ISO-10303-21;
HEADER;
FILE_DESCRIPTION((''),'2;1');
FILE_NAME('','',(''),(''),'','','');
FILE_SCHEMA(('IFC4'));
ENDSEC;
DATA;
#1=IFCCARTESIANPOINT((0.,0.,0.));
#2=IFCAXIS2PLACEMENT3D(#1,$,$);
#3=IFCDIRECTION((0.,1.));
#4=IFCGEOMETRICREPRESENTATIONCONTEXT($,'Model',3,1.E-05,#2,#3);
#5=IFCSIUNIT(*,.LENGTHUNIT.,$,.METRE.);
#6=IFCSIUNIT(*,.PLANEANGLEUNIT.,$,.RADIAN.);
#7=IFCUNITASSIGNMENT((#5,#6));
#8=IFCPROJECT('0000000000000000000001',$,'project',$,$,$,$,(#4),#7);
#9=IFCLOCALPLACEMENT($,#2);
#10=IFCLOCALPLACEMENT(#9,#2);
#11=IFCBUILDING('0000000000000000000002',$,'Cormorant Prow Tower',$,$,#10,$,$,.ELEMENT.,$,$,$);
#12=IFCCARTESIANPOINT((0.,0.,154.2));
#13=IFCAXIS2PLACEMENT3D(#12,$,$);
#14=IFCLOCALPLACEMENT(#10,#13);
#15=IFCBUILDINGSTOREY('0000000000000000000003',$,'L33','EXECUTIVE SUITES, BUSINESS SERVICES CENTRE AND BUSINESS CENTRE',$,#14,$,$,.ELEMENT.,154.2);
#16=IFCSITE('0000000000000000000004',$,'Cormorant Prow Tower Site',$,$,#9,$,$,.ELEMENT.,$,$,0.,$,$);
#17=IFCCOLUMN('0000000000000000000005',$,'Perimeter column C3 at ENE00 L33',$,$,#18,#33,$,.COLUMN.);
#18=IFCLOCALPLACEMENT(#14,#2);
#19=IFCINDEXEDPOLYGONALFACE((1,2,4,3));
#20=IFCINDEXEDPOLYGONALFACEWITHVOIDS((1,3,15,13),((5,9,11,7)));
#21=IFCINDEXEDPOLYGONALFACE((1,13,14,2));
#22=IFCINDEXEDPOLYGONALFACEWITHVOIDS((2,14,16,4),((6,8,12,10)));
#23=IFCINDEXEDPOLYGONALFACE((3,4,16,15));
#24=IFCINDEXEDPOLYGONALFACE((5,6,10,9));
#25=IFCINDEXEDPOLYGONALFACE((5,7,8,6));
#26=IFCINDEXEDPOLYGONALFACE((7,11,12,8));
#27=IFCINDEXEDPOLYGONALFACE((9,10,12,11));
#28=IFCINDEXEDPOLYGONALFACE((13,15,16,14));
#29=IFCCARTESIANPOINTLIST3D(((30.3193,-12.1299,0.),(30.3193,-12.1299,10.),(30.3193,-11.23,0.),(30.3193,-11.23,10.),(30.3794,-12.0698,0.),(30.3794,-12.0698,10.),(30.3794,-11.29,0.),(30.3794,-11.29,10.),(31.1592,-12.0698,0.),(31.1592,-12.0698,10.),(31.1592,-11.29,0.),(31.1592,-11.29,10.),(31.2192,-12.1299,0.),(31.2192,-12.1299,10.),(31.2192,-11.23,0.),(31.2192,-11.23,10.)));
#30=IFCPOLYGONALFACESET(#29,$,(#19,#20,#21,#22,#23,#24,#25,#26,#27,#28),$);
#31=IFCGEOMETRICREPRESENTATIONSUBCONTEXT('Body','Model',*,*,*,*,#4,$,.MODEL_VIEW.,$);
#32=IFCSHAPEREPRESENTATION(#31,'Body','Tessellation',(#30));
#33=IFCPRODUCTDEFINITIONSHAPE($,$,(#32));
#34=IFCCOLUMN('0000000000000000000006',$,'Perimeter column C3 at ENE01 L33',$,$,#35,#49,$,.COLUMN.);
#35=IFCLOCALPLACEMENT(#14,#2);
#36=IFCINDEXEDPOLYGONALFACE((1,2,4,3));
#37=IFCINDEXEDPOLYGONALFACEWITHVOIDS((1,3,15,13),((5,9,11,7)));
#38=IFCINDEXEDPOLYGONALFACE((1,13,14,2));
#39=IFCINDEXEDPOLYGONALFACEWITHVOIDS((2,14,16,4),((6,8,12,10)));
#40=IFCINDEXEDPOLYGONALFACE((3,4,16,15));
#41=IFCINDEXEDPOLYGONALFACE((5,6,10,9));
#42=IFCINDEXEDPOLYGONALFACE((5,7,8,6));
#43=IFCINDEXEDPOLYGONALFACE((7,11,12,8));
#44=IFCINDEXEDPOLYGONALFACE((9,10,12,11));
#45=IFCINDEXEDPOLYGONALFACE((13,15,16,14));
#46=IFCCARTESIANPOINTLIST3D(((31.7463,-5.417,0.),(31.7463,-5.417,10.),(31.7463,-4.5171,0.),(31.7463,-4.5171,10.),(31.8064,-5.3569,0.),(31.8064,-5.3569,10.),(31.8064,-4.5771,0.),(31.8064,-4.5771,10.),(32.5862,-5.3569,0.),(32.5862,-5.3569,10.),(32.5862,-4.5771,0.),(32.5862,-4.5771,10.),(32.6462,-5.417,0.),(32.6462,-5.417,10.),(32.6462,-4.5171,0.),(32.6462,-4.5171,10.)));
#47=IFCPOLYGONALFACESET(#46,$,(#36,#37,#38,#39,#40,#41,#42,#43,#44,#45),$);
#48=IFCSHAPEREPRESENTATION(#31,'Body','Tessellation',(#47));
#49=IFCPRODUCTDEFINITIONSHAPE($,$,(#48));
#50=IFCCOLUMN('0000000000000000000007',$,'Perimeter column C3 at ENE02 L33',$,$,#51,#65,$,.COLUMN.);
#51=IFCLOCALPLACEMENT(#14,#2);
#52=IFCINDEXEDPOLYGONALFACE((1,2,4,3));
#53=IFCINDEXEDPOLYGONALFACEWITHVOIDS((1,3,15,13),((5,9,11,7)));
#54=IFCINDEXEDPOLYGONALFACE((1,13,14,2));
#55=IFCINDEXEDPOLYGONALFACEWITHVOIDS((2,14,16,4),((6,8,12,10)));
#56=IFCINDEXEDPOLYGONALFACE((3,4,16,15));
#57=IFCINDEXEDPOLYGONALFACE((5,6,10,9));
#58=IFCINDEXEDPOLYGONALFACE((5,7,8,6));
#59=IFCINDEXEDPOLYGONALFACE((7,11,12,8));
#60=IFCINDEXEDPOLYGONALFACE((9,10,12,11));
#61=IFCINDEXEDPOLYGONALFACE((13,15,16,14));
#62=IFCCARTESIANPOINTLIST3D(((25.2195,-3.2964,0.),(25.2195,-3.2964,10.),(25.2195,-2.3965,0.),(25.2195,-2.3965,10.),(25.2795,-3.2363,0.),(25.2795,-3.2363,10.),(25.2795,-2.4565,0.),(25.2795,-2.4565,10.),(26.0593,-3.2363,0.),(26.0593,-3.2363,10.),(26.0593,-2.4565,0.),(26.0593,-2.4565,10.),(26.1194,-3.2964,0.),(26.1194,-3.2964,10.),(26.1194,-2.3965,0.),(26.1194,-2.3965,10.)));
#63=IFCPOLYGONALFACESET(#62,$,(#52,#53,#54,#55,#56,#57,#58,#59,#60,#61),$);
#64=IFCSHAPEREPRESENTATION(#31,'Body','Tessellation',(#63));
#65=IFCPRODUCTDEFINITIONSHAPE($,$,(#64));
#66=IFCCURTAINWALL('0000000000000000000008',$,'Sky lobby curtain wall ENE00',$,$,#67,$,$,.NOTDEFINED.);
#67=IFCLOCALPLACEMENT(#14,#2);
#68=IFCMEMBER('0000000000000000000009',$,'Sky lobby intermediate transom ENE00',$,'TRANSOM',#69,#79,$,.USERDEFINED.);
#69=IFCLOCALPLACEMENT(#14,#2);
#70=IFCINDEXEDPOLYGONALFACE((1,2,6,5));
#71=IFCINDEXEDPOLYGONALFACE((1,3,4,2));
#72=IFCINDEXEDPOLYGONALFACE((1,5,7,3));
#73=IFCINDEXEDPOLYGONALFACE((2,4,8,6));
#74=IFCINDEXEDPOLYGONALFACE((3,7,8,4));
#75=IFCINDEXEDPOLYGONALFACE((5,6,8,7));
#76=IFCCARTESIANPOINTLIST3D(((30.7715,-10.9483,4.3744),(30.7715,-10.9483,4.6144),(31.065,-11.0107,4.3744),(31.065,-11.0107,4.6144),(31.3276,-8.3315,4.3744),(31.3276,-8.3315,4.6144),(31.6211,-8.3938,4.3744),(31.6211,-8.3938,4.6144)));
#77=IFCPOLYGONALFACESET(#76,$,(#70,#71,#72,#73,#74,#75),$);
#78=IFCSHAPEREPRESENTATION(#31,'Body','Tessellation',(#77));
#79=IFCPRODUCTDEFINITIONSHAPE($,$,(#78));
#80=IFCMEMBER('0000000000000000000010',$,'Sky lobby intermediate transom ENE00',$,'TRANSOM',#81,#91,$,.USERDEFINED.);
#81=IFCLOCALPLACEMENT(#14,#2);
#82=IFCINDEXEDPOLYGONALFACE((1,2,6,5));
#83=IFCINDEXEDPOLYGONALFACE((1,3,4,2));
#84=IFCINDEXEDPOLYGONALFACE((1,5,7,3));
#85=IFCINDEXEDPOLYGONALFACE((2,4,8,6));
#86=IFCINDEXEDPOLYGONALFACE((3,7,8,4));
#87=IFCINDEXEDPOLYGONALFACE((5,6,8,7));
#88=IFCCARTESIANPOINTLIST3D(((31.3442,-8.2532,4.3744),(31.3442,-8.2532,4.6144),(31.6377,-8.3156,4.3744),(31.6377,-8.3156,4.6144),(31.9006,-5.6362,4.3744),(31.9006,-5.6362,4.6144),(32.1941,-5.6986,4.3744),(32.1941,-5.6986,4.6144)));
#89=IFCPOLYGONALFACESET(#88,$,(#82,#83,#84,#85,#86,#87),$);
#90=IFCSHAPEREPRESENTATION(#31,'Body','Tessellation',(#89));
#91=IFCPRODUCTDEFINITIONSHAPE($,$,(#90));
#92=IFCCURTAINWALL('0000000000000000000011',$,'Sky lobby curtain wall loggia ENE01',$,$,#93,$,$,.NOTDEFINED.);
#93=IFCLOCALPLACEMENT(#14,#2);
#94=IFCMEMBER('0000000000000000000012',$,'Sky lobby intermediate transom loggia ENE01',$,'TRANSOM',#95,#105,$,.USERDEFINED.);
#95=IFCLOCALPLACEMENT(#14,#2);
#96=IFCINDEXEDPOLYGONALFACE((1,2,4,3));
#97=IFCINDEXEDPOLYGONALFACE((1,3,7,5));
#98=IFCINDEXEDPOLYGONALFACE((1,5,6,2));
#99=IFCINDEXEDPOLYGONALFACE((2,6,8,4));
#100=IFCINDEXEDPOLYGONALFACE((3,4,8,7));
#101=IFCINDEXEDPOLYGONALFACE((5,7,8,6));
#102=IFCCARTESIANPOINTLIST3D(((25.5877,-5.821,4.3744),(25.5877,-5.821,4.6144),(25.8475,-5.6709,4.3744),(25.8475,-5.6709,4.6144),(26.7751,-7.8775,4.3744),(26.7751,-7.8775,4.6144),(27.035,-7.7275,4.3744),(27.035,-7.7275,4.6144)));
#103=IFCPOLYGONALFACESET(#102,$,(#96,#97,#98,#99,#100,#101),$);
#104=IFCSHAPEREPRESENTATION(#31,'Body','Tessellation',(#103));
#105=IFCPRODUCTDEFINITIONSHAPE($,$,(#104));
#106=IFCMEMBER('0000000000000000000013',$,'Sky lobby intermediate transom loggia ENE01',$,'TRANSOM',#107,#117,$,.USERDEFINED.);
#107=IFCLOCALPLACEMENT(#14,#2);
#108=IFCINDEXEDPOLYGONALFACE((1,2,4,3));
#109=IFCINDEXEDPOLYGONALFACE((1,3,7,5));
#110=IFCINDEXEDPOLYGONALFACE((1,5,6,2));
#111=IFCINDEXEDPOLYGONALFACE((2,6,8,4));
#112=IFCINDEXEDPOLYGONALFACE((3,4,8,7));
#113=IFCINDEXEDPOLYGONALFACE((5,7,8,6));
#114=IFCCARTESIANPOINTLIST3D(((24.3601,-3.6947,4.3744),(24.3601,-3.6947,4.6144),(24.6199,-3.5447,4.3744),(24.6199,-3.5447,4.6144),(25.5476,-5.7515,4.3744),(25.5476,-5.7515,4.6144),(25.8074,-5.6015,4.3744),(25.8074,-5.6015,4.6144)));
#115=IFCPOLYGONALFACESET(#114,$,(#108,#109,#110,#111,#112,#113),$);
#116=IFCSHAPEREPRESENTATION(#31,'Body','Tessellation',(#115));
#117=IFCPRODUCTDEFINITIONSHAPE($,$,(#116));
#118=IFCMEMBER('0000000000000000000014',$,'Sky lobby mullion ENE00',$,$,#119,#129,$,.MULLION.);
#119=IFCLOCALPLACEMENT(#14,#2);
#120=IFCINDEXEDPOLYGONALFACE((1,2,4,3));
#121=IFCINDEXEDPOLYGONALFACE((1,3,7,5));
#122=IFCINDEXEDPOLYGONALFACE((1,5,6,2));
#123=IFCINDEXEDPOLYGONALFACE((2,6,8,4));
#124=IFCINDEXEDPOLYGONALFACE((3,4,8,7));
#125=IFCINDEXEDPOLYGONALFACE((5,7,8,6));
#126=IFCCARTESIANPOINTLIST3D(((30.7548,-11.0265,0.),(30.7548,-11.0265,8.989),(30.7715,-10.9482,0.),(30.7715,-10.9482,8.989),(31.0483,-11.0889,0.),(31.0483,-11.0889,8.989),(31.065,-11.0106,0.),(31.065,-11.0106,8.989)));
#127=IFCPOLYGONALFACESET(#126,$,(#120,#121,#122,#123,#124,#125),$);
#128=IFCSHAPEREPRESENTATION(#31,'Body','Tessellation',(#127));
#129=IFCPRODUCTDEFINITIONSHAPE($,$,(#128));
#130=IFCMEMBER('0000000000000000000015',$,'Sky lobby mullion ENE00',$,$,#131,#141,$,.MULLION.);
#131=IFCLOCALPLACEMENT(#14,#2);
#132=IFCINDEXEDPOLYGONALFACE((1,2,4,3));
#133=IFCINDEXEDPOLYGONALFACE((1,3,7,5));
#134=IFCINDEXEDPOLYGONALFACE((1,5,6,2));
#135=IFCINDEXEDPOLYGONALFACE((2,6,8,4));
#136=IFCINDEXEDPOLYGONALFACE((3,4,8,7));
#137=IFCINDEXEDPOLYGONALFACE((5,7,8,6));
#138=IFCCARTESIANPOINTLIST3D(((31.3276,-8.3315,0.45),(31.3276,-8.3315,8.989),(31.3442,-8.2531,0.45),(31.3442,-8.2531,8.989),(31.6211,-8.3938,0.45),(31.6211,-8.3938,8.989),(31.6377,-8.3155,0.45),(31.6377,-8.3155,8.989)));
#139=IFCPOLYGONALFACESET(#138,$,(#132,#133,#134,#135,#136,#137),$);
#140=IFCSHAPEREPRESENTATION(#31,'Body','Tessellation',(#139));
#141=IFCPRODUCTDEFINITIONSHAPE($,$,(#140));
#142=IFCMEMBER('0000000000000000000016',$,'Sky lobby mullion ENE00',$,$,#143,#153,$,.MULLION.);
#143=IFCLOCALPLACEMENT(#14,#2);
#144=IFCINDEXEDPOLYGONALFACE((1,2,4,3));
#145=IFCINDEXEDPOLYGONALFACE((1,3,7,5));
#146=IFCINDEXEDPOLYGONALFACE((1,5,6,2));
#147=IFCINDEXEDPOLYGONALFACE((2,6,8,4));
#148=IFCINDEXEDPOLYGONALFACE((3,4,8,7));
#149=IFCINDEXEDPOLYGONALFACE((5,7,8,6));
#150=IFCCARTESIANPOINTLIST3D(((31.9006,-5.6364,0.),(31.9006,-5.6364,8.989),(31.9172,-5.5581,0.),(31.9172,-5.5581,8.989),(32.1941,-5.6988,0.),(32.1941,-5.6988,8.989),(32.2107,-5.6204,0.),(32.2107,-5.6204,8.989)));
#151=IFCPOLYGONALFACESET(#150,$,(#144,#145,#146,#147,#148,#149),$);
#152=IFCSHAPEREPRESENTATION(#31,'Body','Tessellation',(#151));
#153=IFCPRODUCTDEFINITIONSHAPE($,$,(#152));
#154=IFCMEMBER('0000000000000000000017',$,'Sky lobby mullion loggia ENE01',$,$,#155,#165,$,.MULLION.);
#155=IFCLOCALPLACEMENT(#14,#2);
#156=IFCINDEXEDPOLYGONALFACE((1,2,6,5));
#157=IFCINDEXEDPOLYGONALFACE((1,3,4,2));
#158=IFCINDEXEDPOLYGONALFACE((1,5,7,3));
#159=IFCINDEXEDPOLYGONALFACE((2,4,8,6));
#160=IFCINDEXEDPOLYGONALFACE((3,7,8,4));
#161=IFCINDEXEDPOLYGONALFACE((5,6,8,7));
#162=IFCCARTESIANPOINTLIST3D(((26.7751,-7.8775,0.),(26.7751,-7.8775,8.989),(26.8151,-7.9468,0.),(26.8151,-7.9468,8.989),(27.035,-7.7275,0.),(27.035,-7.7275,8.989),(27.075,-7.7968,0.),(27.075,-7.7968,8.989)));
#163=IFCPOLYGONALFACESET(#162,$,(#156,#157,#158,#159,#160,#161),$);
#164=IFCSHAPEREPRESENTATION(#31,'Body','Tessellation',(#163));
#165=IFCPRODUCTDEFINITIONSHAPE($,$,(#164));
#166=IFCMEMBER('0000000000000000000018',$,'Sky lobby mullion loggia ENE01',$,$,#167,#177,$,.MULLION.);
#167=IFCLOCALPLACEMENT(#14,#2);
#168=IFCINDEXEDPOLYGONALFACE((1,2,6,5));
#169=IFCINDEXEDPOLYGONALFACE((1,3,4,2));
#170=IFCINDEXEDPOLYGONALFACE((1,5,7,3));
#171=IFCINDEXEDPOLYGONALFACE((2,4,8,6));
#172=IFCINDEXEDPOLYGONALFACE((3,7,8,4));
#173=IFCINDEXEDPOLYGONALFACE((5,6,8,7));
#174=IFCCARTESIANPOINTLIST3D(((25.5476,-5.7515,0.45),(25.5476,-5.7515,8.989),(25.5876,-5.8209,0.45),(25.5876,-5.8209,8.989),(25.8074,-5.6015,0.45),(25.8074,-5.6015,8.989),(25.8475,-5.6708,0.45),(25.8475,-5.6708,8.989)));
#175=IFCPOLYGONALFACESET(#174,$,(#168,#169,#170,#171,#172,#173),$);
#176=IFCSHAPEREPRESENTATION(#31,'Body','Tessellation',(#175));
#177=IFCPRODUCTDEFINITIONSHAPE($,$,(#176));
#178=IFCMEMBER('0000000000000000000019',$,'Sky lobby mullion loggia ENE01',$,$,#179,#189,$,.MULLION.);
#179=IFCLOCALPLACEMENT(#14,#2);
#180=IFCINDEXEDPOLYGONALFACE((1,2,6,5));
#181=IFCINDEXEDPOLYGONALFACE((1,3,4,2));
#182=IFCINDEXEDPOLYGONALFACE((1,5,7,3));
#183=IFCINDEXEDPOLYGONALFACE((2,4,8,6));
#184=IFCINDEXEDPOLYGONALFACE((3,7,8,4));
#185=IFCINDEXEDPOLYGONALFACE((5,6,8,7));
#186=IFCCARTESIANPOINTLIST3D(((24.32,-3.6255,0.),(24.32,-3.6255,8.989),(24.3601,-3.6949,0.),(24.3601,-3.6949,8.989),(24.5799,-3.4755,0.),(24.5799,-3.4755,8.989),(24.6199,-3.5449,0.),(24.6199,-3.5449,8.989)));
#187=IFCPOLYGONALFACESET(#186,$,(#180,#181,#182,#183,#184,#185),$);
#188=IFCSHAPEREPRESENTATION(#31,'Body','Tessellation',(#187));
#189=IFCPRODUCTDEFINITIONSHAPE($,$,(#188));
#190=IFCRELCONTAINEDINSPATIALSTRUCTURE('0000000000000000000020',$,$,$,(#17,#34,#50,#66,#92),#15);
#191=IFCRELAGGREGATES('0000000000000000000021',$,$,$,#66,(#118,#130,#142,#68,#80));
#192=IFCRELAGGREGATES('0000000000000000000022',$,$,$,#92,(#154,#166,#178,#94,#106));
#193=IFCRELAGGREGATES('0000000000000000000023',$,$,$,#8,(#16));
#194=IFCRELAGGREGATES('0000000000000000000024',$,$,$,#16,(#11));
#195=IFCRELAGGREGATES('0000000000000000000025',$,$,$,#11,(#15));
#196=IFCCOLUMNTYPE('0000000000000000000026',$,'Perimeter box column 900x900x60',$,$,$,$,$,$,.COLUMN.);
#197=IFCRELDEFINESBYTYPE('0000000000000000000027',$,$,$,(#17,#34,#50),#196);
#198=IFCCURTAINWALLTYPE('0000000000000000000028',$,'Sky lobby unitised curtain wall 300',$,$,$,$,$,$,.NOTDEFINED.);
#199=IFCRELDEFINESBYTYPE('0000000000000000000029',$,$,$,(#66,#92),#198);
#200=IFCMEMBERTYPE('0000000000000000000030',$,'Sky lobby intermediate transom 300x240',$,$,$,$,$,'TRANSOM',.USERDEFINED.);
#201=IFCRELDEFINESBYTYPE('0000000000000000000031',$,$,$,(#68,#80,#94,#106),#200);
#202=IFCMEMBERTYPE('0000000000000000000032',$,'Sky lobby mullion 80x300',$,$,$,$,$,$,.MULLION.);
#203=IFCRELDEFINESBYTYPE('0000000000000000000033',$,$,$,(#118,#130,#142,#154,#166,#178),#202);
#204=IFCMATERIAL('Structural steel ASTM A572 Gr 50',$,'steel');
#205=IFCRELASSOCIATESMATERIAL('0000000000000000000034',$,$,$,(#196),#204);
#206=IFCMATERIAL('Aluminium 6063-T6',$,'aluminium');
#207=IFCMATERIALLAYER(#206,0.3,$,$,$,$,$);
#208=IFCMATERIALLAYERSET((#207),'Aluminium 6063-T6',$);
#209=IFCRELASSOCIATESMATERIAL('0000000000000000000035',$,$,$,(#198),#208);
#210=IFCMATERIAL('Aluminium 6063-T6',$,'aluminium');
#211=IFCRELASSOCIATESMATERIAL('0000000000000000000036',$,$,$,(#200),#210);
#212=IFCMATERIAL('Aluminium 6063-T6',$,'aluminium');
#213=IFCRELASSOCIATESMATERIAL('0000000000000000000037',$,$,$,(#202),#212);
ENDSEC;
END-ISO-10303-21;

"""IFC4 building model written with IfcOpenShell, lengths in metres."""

from ifc_helpers import new_model, si_unit, direction, frame, origin, origin_2d, place, context, subcontext, project, spatial, rectangle, hollow_rectangle, extrude, material, layer, layer_set, material_profile, profile_set, type_object, element, aggregate, save


model = new_model("IFC4")

# Units and contexts
model_context = context("Model", 3, precision=1e-05, world=origin(), true_north=direction((0.0, 1.0)))
body_context = subcontext(model_context, "Body", "Model", "MODEL_VIEW")
ifc_project = project(units=[si_unit("LENGTHUNIT", "METRE"), si_unit("PLANEANGLEUNIT", "RADIAN")], contexts=[model_context])

# Site, building, storey
site_placement = place(None, origin())
site = spatial("IfcSite", under=ifc_project, at=site_placement, Name="Cormorant Prow Tower Site", CompositionType="ELEMENT", RefElevation=0.0)
building_placement = place(site_placement, origin())
building = spatial("IfcBuilding", under=site, at=building_placement, Name="Cormorant Prow Tower", CompositionType="ELEMENT")
storey_placement = place(building_placement, frame((0.0, 0.0, 154.2)))
storey = spatial("IfcBuildingStorey", under=building, at=storey_placement, Name="L33", Description="EXECUTIVE SUITES, BUSINESS SERVICES CENTRE AND BUSINESS CENTRE", CompositionType="ELEMENT", Elevation=154.2)

# Columns
ifc_material_1 = material(Name="Structural steel ASTM A572 Gr 50", Category="steel")
ifc_material_profile_1 = material_profile(ifc_material_1, hollow_rectangle(XDim=0.8999, YDim=0.8999, WallThickness=0.0601, at=origin_2d()), Name="Box 900x900x60")
ifc_profile_set_1 = profile_set([ifc_material_profile_1], Name="Structural steel ASTM A572 Gr 50")
column_type = type_object("IfcColumnType", Name="Perimeter box column 900x900x60", PredefinedType="COLUMN", material=ifc_profile_set_1)
for number, where, z_axis, x_axis, name in (
    (1, (30.7693, -11.6799, 0.0), (0.0, 0.0, 1.0), (1.0, 0.0, 0.0), "Perimeter column C3 at ENE00 L33"),
    (2, (32.1963, -4.967, 0.0), (0.0, 0.0, 1.0), (1.0, 0.0, 0.0), "Perimeter column C3 at ENE01 L33"),
    (3, (25.6694, -2.8464, 0.0), (0.0, 0.0, 1.0), (1.0, 0.0, 0.0), "Perimeter column C3 at ENE02 L33"),
):
    element("IfcColumn", number, at=place(storey_placement, frame(where, z_axis=z_axis, x_axis=x_axis)), inside=storey, type_object=column_type, Name=name, PredefinedType="COLUMN", context=body_context, shape_type="SweptSolid", body=[
        extrude(hollow_rectangle(XDim=0.8999, YDim=0.8999, WallThickness=0.0601, at=origin_2d()), origin(), (0.0, 0.0, 1.0), 10.0),
    ])

# Curtain walls, members
ifc_material_2 = material(Name="Aluminium 6063-T6", Category="aluminium")
ifc_layer_1 = layer(ifc_material_2, 0.3)
ifc_layer_set_1 = layer_set([ifc_layer_1], Name="Aluminium 6063-T6")
curtain_wall_type = type_object("IfcCurtainWallType", Name="Sky lobby unitised curtain wall 300", PredefinedType="NOTDEFINED", material=ifc_layer_set_1)
curtain_wall_1_placement = place(storey_placement, origin())
curtain_wall_1 = element("IfcCurtainWall", 4, at=curtain_wall_1_placement, inside=storey, type_object=curtain_wall_type, Name="Sky lobby curtain wall ENE00", PredefinedType="NOTDEFINED")
ifc_material_3 = material(Name="Aluminium 6063-T6", Category="aluminium")
ifc_material_profile_2 = material_profile(ifc_material_3, rectangle(XDim=0.3, YDim=0.24, at=origin_2d()), Name="Sky lobby intermediate transom 300x240")
ifc_profile_set_2 = profile_set([ifc_material_profile_2], Name="Aluminium 6063-T6")
member_type_1 = type_object("IfcMemberType", Name="Sky lobby intermediate transom 300x240", ElementType="TRANSOM", PredefinedType="USERDEFINED", material=ifc_profile_set_2)
member_1_placement = place(storey_placement, frame((30.9182, -10.9795, 4.4944), z_axis=(0.207877, 0.978155, 0.0), x_axis=(-0.978155, 0.207877, 0.0)))
member_1 = element("IfcMember", 5, at=member_1_placement, type_object=member_type_1, Name="Sky lobby intermediate transom ENE00", ObjectType="TRANSOM", PredefinedType="USERDEFINED", context=body_context, shape_type="SweptSolid", body=[
    extrude(rectangle(XDim=0.3, YDim=0.24, at=origin_2d()), origin(), (0.0, 0.0, 1.0), 2.6753),
])
member_2_placement = place(storey_placement, frame((31.491, -8.2844, 4.4944), z_axis=(0.207965, 0.978136, 0.0), x_axis=(-0.978136, 0.207965, 0.0)))
member_2 = element("IfcMember", 6, at=member_2_placement, type_object=member_type_1, Name="Sky lobby intermediate transom ENE00", ObjectType="TRANSOM", PredefinedType="USERDEFINED", context=body_context, shape_type="SweptSolid", body=[
    extrude(rectangle(XDim=0.3, YDim=0.24, at=origin_2d()), origin(), (0.0, 0.0, 1.0), 2.6755),
])
curtain_wall_2_placement = place(storey_placement, origin())
curtain_wall_2 = element("IfcCurtainWall", 7, at=curtain_wall_2_placement, inside=storey, type_object=curtain_wall_type, Name="Sky lobby curtain wall loggia ENE01", PredefinedType="NOTDEFINED")
member_3_placement = place(storey_placement, frame((26.905, -7.8025, 4.4944), z_axis=(-0.500031, 0.866008, 0.0), x_axis=(-0.866008, -0.500031, 0.0)))
member_3 = element("IfcMember", 8, at=member_3_placement, type_object=member_type_1, Name="Sky lobby intermediate transom loggia ENE01", ObjectType="TRANSOM", PredefinedType="USERDEFINED", context=body_context, shape_type="SweptSolid", body=[
    extrude(rectangle(XDim=0.3, YDim=0.24, at=origin_2d()), origin(), (0.0, 0.0, 1.0), 2.3748),
])
member_4_placement = place(storey_placement, frame((25.6775, -5.6765, 4.4944), z_axis=(-0.499986, 0.866033, 0.0), x_axis=(-0.866033, -0.499986, 0.0)))
member_4 = element("IfcMember", 9, at=member_4_placement, type_object=member_type_1, Name="Sky lobby intermediate transom loggia ENE01", ObjectType="TRANSOM", PredefinedType="USERDEFINED", context=body_context, shape_type="SweptSolid", body=[
    extrude(rectangle(XDim=0.3, YDim=0.24, at=origin_2d()), origin(), (0.0, 0.0, 1.0), 2.375),
])

# Members
ifc_material_4 = material(Name="Aluminium 6063-T6", Category="aluminium")
ifc_material_profile_3 = material_profile(ifc_material_4, rectangle(XDim=0.3, YDim=0.0801, at=origin_2d()), Name="Sky lobby mullion 80x300")
ifc_profile_set_3 = profile_set([ifc_material_profile_3], Name="Aluminium 6063-T6")
member_type_2 = type_object("IfcMemberType", Name="Sky lobby mullion 80x300", PredefinedType="MULLION", material=ifc_profile_set_3)
member_5_placement = place(storey_placement, frame((30.9099, -11.0186, 0.0), z_axis=(0.0, 0.0, 1.0), x_axis=(-0.978148, 0.207912, 0.0)))
member_5 = element("IfcMember", 10, at=member_5_placement, type_object=member_type_2, Name="Sky lobby mullion ENE00", PredefinedType="MULLION", context=body_context, shape_type="SweptSolid", body=[
    extrude(rectangle(XDim=0.3, YDim=0.0801, at=origin_2d()), origin(), (0.0, 0.0, 1.0), 8.989),
])
member_6_placement = place(storey_placement, frame((31.4827, -8.3235, 0.45), z_axis=(0.0, 0.0, 1.0), x_axis=(-0.978148, 0.207912, 0.0)))
member_6 = element("IfcMember", 11, at=member_6_placement, type_object=member_type_2, Name="Sky lobby mullion ENE00", PredefinedType="MULLION", context=body_context, shape_type="SweptSolid", body=[
    extrude(rectangle(XDim=0.3, YDim=0.0801, at=origin_2d()), origin(), (0.0, 0.0, 1.0), 8.5391),
])
member_7_placement = place(storey_placement, frame((32.0557, -5.6284, 0.0), z_axis=(0.0, 0.0, 1.0), x_axis=(-0.978148, 0.207912, 0.0)))
member_7 = element("IfcMember", 12, at=member_7_placement, type_object=member_type_2, Name="Sky lobby mullion ENE00", PredefinedType="MULLION", context=body_context, shape_type="SweptSolid", body=[
    extrude(rectangle(XDim=0.3, YDim=0.0801, at=origin_2d()), origin(), (0.0, 0.0, 1.0), 8.989),
])
member_8_placement = place(storey_placement, frame((26.925, -7.8372, 0.0), z_axis=(0.0, 0.0, 1.0), x_axis=(-0.866025, -0.5, 0.0)))
member_8 = element("IfcMember", 13, at=member_8_placement, type_object=member_type_2, Name="Sky lobby mullion loggia ENE01", PredefinedType="MULLION", context=body_context, shape_type="SweptSolid", body=[
    extrude(rectangle(XDim=0.3, YDim=0.0801, at=origin_2d()), origin(), (0.0, 0.0, 1.0), 8.989),
])
member_9_placement = place(storey_placement, frame((25.6975, -5.7112, 0.45), z_axis=(0.0, 0.0, 1.0), x_axis=(-0.866025, -0.5, 0.0)))
member_9 = element("IfcMember", 14, at=member_9_placement, type_object=member_type_2, Name="Sky lobby mullion loggia ENE01", PredefinedType="MULLION", context=body_context, shape_type="SweptSolid", body=[
    extrude(rectangle(XDim=0.3, YDim=0.0801, at=origin_2d()), origin(), (0.0, 0.0, 1.0), 8.5391),
])
member_10_placement = place(storey_placement, frame((24.47, -3.5852, 0.0), z_axis=(0.0, 0.0, 1.0), x_axis=(-0.866025, -0.5, 0.0)))
member_10 = element("IfcMember", 15, at=member_10_placement, type_object=member_type_2, Name="Sky lobby mullion loggia ENE01", PredefinedType="MULLION", context=body_context, shape_type="SweptSolid", body=[
    extrude(rectangle(XDim=0.3, YDim=0.0801, at=origin_2d()), origin(), (0.0, 0.0, 1.0), 8.989),
])

aggregate(curtain_wall_1, [member_5, member_6, member_7, member_1, member_2])
aggregate(curtain_wall_2, [member_8, member_9, member_10, member_3, member_4])

save(model, "model.ifc")
